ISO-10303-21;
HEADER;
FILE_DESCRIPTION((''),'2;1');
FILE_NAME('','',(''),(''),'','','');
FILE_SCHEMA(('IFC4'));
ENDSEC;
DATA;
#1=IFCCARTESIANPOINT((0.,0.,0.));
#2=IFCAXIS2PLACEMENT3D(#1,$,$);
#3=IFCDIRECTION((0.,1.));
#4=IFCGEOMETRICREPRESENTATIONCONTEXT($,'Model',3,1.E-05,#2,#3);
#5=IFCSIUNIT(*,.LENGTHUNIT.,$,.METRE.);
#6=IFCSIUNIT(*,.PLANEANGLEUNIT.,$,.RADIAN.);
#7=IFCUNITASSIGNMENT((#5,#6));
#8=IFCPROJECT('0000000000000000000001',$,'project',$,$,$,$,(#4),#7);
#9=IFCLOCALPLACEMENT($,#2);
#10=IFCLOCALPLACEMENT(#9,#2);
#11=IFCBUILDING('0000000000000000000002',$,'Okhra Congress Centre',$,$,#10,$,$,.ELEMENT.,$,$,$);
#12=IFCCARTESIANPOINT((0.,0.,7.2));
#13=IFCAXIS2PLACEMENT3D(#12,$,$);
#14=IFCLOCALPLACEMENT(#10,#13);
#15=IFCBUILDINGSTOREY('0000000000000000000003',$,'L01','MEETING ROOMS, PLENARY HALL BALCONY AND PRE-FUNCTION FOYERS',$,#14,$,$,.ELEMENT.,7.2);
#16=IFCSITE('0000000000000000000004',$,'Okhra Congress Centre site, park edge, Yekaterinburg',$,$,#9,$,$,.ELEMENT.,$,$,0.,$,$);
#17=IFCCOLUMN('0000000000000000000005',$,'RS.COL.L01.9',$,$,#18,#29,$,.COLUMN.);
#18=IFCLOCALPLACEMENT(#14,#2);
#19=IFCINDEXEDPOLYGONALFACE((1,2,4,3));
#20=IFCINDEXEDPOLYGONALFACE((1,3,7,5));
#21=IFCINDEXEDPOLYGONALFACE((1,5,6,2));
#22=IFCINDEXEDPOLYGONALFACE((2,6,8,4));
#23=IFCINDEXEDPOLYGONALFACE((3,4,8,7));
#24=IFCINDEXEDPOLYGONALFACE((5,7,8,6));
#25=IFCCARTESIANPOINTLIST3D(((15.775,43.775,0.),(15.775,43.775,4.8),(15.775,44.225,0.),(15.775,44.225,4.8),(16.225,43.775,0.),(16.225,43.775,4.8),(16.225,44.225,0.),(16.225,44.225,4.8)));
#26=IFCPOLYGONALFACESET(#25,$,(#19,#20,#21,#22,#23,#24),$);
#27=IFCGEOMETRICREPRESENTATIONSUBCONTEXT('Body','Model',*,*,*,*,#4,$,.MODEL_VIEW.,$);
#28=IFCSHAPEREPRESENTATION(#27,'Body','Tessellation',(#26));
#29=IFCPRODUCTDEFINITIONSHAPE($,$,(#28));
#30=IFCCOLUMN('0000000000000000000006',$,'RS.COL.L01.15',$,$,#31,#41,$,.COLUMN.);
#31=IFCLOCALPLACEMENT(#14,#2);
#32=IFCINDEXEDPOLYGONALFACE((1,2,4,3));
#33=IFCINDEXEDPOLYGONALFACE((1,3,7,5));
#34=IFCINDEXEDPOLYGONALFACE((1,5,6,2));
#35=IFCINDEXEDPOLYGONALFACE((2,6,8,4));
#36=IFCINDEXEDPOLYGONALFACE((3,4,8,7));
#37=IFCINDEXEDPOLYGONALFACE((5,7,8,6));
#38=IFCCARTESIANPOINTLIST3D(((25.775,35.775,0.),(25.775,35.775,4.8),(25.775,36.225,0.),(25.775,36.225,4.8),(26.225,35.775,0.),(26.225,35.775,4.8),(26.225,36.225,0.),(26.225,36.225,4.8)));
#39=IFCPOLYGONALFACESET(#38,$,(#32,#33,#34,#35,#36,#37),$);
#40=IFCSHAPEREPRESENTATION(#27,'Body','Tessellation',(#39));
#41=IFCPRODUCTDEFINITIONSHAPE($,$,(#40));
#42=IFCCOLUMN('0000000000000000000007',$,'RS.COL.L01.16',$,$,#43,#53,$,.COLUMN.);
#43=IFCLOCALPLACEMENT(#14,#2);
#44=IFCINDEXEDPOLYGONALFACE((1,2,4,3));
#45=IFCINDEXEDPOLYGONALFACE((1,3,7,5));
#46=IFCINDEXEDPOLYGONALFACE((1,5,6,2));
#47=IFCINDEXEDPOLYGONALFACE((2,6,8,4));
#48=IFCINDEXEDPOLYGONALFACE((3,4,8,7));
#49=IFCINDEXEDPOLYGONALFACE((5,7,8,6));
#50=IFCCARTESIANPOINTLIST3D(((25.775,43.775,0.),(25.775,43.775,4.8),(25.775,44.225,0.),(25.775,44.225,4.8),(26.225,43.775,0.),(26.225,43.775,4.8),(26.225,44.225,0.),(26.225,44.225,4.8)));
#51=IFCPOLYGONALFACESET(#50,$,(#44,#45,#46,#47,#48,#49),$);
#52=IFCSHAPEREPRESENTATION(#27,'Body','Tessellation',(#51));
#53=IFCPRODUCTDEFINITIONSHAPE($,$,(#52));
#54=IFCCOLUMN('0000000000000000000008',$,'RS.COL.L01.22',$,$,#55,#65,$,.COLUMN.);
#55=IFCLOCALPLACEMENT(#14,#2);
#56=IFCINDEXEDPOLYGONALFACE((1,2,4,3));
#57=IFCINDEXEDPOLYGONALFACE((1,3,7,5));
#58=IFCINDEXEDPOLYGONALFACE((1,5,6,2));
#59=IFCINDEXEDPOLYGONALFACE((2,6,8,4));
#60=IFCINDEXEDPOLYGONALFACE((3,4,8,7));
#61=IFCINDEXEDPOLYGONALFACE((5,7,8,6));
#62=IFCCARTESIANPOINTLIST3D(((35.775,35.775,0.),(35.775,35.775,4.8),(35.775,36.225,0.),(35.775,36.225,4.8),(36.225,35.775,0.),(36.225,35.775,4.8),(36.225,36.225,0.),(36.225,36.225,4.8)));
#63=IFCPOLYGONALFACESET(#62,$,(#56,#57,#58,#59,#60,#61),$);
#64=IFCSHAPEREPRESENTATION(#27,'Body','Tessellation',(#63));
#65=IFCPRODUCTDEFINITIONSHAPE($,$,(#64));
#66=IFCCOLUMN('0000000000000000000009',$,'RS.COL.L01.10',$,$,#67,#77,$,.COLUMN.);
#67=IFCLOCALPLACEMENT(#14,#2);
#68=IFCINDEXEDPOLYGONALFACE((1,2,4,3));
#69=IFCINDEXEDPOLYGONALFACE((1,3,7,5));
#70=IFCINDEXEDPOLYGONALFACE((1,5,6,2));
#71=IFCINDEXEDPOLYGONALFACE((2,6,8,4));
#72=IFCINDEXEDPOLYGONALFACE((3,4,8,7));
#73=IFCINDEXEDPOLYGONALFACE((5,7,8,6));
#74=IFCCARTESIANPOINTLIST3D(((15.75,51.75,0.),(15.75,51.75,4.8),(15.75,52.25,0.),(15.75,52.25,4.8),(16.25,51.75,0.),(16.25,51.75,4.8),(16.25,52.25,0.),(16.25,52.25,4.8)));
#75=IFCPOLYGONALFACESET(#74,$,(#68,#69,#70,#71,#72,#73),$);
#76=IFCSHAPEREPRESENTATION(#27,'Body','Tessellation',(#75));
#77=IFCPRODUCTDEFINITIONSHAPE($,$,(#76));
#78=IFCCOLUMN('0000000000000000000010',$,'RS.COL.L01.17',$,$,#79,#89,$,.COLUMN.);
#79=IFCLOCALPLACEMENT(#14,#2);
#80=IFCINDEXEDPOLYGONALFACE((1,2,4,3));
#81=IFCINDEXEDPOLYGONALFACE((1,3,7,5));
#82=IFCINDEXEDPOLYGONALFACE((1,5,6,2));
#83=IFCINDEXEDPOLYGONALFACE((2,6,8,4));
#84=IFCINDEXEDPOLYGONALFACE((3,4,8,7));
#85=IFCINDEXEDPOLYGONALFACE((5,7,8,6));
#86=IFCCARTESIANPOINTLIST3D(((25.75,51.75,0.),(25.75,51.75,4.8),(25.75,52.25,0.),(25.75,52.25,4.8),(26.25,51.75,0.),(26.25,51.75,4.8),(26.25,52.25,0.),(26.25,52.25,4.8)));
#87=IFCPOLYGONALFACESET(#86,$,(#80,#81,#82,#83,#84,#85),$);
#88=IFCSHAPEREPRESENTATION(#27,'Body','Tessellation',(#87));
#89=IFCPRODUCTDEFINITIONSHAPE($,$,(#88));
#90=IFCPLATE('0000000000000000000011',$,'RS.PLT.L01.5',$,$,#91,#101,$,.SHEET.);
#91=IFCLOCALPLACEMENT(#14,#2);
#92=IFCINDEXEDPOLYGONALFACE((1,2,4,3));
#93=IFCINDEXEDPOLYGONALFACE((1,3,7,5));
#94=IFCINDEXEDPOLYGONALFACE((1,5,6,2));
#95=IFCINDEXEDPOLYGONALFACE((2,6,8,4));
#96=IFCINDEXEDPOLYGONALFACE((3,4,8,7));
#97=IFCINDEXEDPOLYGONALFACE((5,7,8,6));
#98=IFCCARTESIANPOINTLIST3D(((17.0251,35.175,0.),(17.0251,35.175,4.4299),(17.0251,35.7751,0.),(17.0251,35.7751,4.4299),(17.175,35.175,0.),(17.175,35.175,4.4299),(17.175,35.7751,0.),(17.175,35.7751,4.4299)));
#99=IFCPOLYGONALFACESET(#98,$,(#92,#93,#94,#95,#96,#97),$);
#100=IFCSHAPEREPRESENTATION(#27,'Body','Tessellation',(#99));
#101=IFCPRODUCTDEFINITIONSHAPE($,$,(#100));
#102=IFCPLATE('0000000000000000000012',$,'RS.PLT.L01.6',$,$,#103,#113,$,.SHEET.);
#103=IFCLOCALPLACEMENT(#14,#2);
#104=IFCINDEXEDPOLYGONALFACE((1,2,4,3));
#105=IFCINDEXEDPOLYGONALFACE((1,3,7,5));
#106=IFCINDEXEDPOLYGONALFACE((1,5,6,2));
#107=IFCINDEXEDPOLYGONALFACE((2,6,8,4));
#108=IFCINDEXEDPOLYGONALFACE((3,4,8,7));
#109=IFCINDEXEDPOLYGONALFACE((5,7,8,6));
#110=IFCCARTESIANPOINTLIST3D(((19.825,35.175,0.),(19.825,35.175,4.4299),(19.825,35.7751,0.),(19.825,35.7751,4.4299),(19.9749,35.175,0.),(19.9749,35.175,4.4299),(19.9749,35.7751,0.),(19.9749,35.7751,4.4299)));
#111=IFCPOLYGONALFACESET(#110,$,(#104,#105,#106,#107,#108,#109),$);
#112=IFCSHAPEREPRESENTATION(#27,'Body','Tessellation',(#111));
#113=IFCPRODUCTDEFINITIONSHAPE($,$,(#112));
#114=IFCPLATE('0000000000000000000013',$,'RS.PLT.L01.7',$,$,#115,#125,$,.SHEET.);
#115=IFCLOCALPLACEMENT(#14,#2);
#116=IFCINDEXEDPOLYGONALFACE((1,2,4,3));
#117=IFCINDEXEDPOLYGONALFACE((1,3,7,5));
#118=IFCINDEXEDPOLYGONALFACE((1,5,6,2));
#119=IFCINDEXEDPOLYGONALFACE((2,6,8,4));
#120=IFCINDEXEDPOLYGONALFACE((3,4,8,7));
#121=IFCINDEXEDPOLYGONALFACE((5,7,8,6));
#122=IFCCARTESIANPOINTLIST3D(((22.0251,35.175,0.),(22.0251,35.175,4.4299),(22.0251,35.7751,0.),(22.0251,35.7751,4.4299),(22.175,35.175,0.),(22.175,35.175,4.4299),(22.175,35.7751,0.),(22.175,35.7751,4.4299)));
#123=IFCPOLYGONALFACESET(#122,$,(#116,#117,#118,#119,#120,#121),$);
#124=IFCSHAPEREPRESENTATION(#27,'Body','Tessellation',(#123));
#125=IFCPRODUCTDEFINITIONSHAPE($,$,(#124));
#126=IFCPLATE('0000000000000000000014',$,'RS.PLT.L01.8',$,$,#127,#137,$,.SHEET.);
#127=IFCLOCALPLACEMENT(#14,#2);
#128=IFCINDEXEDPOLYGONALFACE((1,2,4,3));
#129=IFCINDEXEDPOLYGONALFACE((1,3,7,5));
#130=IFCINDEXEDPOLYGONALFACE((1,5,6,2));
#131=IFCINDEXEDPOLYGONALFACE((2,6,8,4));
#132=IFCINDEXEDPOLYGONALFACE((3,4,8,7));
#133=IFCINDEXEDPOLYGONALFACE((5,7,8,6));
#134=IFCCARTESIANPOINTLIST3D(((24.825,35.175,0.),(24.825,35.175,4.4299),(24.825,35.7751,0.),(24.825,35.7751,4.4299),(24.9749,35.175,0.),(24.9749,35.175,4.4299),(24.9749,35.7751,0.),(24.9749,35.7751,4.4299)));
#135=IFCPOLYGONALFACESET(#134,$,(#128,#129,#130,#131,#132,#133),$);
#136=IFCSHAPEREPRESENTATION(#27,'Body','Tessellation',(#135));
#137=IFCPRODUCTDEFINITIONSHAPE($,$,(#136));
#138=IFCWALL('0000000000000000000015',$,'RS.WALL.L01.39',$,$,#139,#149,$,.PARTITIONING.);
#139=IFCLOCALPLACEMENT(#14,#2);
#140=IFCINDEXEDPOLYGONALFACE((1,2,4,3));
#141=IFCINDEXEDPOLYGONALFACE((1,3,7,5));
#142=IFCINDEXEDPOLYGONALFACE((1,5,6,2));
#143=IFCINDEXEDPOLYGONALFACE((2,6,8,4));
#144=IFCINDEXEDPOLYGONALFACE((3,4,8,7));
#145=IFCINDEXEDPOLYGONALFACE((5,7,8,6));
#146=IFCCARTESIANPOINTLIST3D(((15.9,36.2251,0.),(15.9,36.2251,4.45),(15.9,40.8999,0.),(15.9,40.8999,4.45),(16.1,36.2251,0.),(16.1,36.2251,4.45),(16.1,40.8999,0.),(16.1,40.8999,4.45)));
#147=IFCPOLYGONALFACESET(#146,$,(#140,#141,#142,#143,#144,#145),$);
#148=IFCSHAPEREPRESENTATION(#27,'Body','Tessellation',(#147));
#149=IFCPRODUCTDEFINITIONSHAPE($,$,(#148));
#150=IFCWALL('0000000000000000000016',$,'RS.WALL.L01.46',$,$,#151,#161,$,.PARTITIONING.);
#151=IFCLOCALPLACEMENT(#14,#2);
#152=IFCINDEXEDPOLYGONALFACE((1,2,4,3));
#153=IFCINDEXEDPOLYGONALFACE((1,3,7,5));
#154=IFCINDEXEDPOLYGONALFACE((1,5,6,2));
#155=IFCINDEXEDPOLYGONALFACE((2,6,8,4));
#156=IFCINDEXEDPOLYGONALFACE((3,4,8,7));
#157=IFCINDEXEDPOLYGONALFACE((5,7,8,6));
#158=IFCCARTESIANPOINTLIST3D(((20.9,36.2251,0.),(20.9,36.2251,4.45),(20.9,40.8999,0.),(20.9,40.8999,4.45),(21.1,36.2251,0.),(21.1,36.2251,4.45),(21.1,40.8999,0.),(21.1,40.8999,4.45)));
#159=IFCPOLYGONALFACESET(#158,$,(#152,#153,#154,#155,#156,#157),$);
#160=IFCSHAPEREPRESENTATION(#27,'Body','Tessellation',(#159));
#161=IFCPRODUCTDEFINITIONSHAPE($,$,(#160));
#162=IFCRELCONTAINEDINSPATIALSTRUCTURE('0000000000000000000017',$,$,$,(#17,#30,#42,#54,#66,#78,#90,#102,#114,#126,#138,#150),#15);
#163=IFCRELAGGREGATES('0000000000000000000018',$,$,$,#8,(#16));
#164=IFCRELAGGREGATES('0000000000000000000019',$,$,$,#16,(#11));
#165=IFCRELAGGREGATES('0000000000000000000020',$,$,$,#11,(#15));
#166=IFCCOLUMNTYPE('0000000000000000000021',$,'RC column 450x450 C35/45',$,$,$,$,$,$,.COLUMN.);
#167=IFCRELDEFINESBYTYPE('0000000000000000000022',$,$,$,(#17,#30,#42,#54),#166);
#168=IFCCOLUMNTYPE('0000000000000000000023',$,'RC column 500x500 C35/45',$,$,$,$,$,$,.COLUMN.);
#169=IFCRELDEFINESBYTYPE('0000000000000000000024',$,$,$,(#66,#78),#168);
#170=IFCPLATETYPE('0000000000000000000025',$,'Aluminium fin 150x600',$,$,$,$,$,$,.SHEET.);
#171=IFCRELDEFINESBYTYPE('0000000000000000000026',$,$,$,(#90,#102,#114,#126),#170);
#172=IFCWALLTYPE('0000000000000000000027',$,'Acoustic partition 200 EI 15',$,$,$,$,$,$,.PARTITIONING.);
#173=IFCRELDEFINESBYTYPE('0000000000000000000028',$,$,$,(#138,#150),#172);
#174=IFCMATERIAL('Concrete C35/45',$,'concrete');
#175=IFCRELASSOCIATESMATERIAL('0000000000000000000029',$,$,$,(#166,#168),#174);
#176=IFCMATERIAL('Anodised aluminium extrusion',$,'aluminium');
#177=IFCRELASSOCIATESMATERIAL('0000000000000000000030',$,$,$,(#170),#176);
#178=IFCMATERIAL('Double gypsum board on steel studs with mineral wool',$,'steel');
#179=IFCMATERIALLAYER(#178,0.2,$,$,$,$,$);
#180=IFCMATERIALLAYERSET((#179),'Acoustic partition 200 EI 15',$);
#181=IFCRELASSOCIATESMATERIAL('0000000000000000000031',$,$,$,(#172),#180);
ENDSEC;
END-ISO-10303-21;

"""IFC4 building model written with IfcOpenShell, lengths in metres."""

from ifc_helpers import new_model, si_unit, direction, frame, frame_2d, origin, origin_2d, place, context, subcontext, project, spatial, rectangle, extrude, material, layer, layer_set, material_profile, profile_set, type_object, element, save


model = new_model("IFC4")

# Units and contexts
model_context = context("Model", 3, precision=1e-05, world=origin(), true_north=direction((0.0, 1.0)))
body_context = subcontext(model_context, "Body", "Model", "MODEL_VIEW")
ifc_project = project(units=[si_unit("LENGTHUNIT", "METRE"), si_unit("PLANEANGLEUNIT", "RADIAN")], contexts=[model_context])

# Site, building, storey
site_placement = place(None, origin())
site = spatial("IfcSite", under=ifc_project, at=site_placement, Name="Okhra Congress Centre site, park edge, Yekaterinburg", CompositionType="ELEMENT", RefElevation=0.0)
building_placement = place(site_placement, origin())
building = spatial("IfcBuilding", under=site, at=building_placement, Name="Okhra Congress Centre", CompositionType="ELEMENT")
storey_placement = place(building_placement, frame((0.0, 0.0, 7.2)))
storey = spatial("IfcBuildingStorey", under=building, at=storey_placement, Name="L01", Description="MEETING ROOMS, PLENARY HALL BALCONY AND PRE-FUNCTION FOYERS", CompositionType="ELEMENT", Elevation=7.2)

# Columns
ifc_material_1 = material(Name="Concrete C35/45", Category="concrete")
ifc_material_profile_1 = material_profile(ifc_material_1, rectangle(XDim=0.45, YDim=0.45, at=origin_2d()), Name="RC 450x450")
ifc_profile_set_1 = profile_set([ifc_material_profile_1], Name="Concrete C35/45")
column_type_1 = type_object("IfcColumnType", Name="RC column 450x450 C35/45", PredefinedType="COLUMN", material=ifc_profile_set_1)
for number, where, z_axis, x_axis, name in (
    (1, (16.0, 44.0, 0.0), (0.0, 0.0, 1.0), (1.0, 0.0, 0.0), "RS.COL.L01.9"),
    (2, (26.0, 36.0, 0.0), (0.0, 0.0, 1.0), (1.0, 0.0, 0.0), "RS.COL.L01.15"),
    (3, (26.0, 44.0, 0.0), (0.0, 0.0, 1.0), (1.0, 0.0, 0.0), "RS.COL.L01.16"),
    (4, (36.0, 36.0, 0.0), (0.0, 0.0, 1.0), (1.0, 0.0, 0.0), "RS.COL.L01.22"),
):
    element("IfcColumn", number, at=place(storey_placement, frame(where, z_axis=z_axis, x_axis=x_axis)), inside=storey, type_object=column_type_1, Name=name, PredefinedType="COLUMN", context=body_context, shape_type="SweptSolid", body=[
        extrude(rectangle(XDim=0.45, YDim=0.45, at=origin_2d()), origin(), (0.0, 0.0, 1.0), 4.8),
    ])
ifc_material_profile_2 = material_profile(ifc_material_1, rectangle(XDim=0.5, YDim=0.5, at=origin_2d()), Name="RC 500x500")
ifc_profile_set_2 = profile_set([ifc_material_profile_2], Name="Concrete C35/45")
column_type_2 = type_object("IfcColumnType", Name="RC column 500x500 C35/45", PredefinedType="COLUMN", material=ifc_profile_set_2)
for number, where, z_axis, x_axis, name in (
    (5, (16.0, 52.0, 0.0), (0.0, 0.0, 1.0), (1.0, 0.0, 0.0), "RS.COL.L01.10"),
    (6, (26.0, 52.0, 0.0), (0.0, 0.0, 1.0), (1.0, 0.0, 0.0), "RS.COL.L01.17"),
):
    element("IfcColumn", number, at=place(storey_placement, frame(where, z_axis=z_axis, x_axis=x_axis)), inside=storey, type_object=column_type_2, Name=name, PredefinedType="COLUMN", context=body_context, shape_type="SweptSolid", body=[
        extrude(rectangle(XDim=0.5, YDim=0.5, at=origin_2d()), origin(), (0.0, 0.0, 1.0), 4.8),
    ])

# Plates
ifc_material_2 = material(Name="Anodised aluminium extrusion", Category="aluminium")
plate_type = type_object("IfcPlateType", Name="Aluminium fin 150x600", PredefinedType="SHEET", material=ifc_material_2)
for number, where, z_axis, x_axis, name in (
    (7, (17.1001, 35.4751, 0.0), (0.0, 0.0, 1.0), (1.0, 0.0, 0.0), "RS.PLT.L01.5"),
    (8, (19.8999, 35.4751, 0.0), (0.0, 0.0, 1.0), (1.0, 0.0, 0.0), "RS.PLT.L01.6"),
    (9, (22.1001, 35.4751, 0.0), (0.0, 0.0, 1.0), (1.0, 0.0, 0.0), "RS.PLT.L01.7"),
    (10, (24.8999, 35.4751, 0.0), (0.0, 0.0, 1.0), (1.0, 0.0, 0.0), "RS.PLT.L01.8"),
):
    element("IfcPlate", number, at=place(storey_placement, frame(where, z_axis=z_axis, x_axis=x_axis)), inside=storey, type_object=plate_type, Name=name, PredefinedType="SHEET", context=body_context, shape_type="SweptSolid", body=[
        extrude(rectangle(XDim=0.1499, YDim=0.6001, at=origin_2d()), origin(), (0.0, 0.0, 1.0), 4.4299),
    ])

# Walls
ifc_material_3 = material(Name="Double gypsum board on steel studs with mineral wool", Category="steel")
ifc_layer_1 = layer(ifc_material_3, 0.2)
ifc_layer_set_1 = layer_set([ifc_layer_1], Name="Acoustic partition 200 EI 15")
wall_type_1 = type_object("IfcWallType", Name="Acoustic partition 200 EI 15", PredefinedType="PARTITIONING", material=ifc_layer_set_1)
for number, where, z_axis, x_axis, name in (
    (11, (16.0, 36.2251, 0.0), (0.0, 0.0, 1.0), (0.0, 1.0, 0.0), "RS.WALL.L01.39"),
    (12, (21.0, 36.2251, 0.0), (0.0, 0.0, 1.0), (0.0, 1.0, 0.0), "RS.WALL.L01.46"),
):
    element("IfcWall", number, at=place(storey_placement, frame(where, z_axis=z_axis, x_axis=x_axis)), inside=storey, type_object=wall_type_1, Name=name, PredefinedType="PARTITIONING", context=body_context, shape_type="SweptSolid", body=[
        extrude(rectangle(XDim=4.6748, YDim=0.2, at=frame_2d((2.3374, 0.0))), origin(), (0.0, 0.0, 1.0), 4.45),
    ])

save(model, "model.ifc")
